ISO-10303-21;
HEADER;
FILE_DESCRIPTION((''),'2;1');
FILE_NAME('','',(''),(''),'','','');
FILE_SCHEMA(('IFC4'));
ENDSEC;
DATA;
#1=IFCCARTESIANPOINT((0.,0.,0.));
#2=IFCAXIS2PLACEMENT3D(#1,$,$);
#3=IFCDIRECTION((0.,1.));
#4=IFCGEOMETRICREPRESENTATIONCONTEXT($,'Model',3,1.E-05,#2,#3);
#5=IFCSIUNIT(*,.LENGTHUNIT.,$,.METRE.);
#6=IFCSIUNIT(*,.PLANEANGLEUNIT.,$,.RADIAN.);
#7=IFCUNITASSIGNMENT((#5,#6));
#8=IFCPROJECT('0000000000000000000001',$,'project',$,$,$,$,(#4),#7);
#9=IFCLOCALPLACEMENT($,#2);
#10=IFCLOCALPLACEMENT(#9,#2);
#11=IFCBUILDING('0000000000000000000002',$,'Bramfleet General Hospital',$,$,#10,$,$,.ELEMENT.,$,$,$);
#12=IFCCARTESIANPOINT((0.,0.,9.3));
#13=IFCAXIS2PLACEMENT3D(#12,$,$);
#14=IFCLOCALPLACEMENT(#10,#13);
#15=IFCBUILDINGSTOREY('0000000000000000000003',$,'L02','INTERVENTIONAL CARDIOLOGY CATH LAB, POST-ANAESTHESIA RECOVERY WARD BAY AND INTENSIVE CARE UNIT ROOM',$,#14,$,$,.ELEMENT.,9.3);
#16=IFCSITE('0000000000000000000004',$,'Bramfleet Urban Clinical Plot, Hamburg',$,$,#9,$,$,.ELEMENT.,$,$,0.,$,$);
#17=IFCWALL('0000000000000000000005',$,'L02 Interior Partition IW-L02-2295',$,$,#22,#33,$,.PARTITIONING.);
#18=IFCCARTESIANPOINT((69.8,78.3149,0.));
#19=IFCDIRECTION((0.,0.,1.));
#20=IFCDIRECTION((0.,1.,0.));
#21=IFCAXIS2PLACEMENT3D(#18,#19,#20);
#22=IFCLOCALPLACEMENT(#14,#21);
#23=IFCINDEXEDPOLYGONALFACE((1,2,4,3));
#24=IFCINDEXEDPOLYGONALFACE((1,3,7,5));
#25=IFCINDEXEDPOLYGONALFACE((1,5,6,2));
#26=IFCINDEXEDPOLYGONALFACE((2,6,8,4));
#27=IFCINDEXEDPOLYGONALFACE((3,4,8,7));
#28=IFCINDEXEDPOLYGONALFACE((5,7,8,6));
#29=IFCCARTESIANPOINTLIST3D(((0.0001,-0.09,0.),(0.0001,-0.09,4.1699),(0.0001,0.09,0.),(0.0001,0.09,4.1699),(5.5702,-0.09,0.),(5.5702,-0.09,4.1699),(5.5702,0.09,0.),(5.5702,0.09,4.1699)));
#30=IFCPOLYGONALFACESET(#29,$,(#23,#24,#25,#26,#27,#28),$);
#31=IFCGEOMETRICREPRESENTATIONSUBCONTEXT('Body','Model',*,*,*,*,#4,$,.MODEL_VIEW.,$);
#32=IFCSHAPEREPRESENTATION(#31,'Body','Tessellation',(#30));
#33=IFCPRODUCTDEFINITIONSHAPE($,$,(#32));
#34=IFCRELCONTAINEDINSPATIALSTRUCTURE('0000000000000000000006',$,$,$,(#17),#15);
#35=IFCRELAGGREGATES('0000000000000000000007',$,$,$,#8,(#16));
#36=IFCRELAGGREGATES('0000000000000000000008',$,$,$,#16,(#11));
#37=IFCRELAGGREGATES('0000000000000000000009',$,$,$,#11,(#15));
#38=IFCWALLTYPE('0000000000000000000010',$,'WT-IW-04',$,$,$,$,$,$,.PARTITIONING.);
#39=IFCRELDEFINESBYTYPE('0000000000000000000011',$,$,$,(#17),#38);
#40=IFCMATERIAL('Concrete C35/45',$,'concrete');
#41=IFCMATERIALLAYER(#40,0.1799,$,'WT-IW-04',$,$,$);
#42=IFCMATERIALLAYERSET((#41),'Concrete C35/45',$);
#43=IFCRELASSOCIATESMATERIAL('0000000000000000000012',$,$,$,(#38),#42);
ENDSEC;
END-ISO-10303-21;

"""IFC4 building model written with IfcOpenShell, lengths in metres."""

from ifc_helpers import new_model, si_unit, direction, frame, frame_2d, origin, place, context, subcontext, project, spatial, rectangle, extrude, material, layer, layer_set, type_object, element, save


model = new_model("IFC4")

# Units and contexts
model_context = context("Model", 3, precision=1e-05, world=origin(), true_north=direction((0.0, 1.0)))
body_context = subcontext(model_context, "Body", "Model", "MODEL_VIEW")
ifc_project = project(units=[si_unit("LENGTHUNIT", "METRE"), si_unit("PLANEANGLEUNIT", "RADIAN")], contexts=[model_context])

# Site, building, storey
site_placement = place(None, origin())
site = spatial("IfcSite", under=ifc_project, at=site_placement, Name="Bramfleet Urban Clinical Plot, Hamburg", CompositionType="ELEMENT", RefElevation=0.0)
building_placement = place(site_placement, origin())
building = spatial("IfcBuilding", under=site, at=building_placement, Name="Bramfleet General Hospital", CompositionType="ELEMENT")
storey_placement = place(building_placement, frame((0.0, 0.0, 9.3)))
storey = spatial("IfcBuildingStorey", under=building, at=storey_placement, Name="L02", Description="INTERVENTIONAL CARDIOLOGY CATH LAB, POST-ANAESTHESIA RECOVERY WARD BAY AND INTENSIVE CARE UNIT ROOM", CompositionType="ELEMENT", Elevation=9.3)

# Shared definitions
ifc_material_1 = material(Name="Concrete C35/45", Category="concrete")

# Shared definitions
ifc_layer_1 = layer(ifc_material_1, 0.1799, Name="WT-IW-04")
ifc_layer_set_1 = layer_set([ifc_layer_1], Name="Concrete C35/45")
wall_type_1 = type_object("IfcWallType", Name="WT-IW-04", PredefinedType="PARTITIONING", material=ifc_layer_set_1)

# Wall
wall_1_placement = place(storey_placement, frame((69.8, 78.3149, 0.0), z_axis=(0.0, 0.0, 1.0), x_axis=(0.0, 1.0, 0.0)))
element("IfcWall", 1, at=wall_1_placement, inside=storey, type_object=wall_type_1, Name="L02 Interior Partition IW-L02-2295", PredefinedType="PARTITIONING", context=body_context, shape_type="SweptSolid", body=[
    extrude(rectangle(XDim=5.5701, YDim=0.1799, at=frame_2d((2.7852, 0.0))), origin(), (0.0, 0.0, 1.0), 4.1699),
])

save(model, "model.ifc")
